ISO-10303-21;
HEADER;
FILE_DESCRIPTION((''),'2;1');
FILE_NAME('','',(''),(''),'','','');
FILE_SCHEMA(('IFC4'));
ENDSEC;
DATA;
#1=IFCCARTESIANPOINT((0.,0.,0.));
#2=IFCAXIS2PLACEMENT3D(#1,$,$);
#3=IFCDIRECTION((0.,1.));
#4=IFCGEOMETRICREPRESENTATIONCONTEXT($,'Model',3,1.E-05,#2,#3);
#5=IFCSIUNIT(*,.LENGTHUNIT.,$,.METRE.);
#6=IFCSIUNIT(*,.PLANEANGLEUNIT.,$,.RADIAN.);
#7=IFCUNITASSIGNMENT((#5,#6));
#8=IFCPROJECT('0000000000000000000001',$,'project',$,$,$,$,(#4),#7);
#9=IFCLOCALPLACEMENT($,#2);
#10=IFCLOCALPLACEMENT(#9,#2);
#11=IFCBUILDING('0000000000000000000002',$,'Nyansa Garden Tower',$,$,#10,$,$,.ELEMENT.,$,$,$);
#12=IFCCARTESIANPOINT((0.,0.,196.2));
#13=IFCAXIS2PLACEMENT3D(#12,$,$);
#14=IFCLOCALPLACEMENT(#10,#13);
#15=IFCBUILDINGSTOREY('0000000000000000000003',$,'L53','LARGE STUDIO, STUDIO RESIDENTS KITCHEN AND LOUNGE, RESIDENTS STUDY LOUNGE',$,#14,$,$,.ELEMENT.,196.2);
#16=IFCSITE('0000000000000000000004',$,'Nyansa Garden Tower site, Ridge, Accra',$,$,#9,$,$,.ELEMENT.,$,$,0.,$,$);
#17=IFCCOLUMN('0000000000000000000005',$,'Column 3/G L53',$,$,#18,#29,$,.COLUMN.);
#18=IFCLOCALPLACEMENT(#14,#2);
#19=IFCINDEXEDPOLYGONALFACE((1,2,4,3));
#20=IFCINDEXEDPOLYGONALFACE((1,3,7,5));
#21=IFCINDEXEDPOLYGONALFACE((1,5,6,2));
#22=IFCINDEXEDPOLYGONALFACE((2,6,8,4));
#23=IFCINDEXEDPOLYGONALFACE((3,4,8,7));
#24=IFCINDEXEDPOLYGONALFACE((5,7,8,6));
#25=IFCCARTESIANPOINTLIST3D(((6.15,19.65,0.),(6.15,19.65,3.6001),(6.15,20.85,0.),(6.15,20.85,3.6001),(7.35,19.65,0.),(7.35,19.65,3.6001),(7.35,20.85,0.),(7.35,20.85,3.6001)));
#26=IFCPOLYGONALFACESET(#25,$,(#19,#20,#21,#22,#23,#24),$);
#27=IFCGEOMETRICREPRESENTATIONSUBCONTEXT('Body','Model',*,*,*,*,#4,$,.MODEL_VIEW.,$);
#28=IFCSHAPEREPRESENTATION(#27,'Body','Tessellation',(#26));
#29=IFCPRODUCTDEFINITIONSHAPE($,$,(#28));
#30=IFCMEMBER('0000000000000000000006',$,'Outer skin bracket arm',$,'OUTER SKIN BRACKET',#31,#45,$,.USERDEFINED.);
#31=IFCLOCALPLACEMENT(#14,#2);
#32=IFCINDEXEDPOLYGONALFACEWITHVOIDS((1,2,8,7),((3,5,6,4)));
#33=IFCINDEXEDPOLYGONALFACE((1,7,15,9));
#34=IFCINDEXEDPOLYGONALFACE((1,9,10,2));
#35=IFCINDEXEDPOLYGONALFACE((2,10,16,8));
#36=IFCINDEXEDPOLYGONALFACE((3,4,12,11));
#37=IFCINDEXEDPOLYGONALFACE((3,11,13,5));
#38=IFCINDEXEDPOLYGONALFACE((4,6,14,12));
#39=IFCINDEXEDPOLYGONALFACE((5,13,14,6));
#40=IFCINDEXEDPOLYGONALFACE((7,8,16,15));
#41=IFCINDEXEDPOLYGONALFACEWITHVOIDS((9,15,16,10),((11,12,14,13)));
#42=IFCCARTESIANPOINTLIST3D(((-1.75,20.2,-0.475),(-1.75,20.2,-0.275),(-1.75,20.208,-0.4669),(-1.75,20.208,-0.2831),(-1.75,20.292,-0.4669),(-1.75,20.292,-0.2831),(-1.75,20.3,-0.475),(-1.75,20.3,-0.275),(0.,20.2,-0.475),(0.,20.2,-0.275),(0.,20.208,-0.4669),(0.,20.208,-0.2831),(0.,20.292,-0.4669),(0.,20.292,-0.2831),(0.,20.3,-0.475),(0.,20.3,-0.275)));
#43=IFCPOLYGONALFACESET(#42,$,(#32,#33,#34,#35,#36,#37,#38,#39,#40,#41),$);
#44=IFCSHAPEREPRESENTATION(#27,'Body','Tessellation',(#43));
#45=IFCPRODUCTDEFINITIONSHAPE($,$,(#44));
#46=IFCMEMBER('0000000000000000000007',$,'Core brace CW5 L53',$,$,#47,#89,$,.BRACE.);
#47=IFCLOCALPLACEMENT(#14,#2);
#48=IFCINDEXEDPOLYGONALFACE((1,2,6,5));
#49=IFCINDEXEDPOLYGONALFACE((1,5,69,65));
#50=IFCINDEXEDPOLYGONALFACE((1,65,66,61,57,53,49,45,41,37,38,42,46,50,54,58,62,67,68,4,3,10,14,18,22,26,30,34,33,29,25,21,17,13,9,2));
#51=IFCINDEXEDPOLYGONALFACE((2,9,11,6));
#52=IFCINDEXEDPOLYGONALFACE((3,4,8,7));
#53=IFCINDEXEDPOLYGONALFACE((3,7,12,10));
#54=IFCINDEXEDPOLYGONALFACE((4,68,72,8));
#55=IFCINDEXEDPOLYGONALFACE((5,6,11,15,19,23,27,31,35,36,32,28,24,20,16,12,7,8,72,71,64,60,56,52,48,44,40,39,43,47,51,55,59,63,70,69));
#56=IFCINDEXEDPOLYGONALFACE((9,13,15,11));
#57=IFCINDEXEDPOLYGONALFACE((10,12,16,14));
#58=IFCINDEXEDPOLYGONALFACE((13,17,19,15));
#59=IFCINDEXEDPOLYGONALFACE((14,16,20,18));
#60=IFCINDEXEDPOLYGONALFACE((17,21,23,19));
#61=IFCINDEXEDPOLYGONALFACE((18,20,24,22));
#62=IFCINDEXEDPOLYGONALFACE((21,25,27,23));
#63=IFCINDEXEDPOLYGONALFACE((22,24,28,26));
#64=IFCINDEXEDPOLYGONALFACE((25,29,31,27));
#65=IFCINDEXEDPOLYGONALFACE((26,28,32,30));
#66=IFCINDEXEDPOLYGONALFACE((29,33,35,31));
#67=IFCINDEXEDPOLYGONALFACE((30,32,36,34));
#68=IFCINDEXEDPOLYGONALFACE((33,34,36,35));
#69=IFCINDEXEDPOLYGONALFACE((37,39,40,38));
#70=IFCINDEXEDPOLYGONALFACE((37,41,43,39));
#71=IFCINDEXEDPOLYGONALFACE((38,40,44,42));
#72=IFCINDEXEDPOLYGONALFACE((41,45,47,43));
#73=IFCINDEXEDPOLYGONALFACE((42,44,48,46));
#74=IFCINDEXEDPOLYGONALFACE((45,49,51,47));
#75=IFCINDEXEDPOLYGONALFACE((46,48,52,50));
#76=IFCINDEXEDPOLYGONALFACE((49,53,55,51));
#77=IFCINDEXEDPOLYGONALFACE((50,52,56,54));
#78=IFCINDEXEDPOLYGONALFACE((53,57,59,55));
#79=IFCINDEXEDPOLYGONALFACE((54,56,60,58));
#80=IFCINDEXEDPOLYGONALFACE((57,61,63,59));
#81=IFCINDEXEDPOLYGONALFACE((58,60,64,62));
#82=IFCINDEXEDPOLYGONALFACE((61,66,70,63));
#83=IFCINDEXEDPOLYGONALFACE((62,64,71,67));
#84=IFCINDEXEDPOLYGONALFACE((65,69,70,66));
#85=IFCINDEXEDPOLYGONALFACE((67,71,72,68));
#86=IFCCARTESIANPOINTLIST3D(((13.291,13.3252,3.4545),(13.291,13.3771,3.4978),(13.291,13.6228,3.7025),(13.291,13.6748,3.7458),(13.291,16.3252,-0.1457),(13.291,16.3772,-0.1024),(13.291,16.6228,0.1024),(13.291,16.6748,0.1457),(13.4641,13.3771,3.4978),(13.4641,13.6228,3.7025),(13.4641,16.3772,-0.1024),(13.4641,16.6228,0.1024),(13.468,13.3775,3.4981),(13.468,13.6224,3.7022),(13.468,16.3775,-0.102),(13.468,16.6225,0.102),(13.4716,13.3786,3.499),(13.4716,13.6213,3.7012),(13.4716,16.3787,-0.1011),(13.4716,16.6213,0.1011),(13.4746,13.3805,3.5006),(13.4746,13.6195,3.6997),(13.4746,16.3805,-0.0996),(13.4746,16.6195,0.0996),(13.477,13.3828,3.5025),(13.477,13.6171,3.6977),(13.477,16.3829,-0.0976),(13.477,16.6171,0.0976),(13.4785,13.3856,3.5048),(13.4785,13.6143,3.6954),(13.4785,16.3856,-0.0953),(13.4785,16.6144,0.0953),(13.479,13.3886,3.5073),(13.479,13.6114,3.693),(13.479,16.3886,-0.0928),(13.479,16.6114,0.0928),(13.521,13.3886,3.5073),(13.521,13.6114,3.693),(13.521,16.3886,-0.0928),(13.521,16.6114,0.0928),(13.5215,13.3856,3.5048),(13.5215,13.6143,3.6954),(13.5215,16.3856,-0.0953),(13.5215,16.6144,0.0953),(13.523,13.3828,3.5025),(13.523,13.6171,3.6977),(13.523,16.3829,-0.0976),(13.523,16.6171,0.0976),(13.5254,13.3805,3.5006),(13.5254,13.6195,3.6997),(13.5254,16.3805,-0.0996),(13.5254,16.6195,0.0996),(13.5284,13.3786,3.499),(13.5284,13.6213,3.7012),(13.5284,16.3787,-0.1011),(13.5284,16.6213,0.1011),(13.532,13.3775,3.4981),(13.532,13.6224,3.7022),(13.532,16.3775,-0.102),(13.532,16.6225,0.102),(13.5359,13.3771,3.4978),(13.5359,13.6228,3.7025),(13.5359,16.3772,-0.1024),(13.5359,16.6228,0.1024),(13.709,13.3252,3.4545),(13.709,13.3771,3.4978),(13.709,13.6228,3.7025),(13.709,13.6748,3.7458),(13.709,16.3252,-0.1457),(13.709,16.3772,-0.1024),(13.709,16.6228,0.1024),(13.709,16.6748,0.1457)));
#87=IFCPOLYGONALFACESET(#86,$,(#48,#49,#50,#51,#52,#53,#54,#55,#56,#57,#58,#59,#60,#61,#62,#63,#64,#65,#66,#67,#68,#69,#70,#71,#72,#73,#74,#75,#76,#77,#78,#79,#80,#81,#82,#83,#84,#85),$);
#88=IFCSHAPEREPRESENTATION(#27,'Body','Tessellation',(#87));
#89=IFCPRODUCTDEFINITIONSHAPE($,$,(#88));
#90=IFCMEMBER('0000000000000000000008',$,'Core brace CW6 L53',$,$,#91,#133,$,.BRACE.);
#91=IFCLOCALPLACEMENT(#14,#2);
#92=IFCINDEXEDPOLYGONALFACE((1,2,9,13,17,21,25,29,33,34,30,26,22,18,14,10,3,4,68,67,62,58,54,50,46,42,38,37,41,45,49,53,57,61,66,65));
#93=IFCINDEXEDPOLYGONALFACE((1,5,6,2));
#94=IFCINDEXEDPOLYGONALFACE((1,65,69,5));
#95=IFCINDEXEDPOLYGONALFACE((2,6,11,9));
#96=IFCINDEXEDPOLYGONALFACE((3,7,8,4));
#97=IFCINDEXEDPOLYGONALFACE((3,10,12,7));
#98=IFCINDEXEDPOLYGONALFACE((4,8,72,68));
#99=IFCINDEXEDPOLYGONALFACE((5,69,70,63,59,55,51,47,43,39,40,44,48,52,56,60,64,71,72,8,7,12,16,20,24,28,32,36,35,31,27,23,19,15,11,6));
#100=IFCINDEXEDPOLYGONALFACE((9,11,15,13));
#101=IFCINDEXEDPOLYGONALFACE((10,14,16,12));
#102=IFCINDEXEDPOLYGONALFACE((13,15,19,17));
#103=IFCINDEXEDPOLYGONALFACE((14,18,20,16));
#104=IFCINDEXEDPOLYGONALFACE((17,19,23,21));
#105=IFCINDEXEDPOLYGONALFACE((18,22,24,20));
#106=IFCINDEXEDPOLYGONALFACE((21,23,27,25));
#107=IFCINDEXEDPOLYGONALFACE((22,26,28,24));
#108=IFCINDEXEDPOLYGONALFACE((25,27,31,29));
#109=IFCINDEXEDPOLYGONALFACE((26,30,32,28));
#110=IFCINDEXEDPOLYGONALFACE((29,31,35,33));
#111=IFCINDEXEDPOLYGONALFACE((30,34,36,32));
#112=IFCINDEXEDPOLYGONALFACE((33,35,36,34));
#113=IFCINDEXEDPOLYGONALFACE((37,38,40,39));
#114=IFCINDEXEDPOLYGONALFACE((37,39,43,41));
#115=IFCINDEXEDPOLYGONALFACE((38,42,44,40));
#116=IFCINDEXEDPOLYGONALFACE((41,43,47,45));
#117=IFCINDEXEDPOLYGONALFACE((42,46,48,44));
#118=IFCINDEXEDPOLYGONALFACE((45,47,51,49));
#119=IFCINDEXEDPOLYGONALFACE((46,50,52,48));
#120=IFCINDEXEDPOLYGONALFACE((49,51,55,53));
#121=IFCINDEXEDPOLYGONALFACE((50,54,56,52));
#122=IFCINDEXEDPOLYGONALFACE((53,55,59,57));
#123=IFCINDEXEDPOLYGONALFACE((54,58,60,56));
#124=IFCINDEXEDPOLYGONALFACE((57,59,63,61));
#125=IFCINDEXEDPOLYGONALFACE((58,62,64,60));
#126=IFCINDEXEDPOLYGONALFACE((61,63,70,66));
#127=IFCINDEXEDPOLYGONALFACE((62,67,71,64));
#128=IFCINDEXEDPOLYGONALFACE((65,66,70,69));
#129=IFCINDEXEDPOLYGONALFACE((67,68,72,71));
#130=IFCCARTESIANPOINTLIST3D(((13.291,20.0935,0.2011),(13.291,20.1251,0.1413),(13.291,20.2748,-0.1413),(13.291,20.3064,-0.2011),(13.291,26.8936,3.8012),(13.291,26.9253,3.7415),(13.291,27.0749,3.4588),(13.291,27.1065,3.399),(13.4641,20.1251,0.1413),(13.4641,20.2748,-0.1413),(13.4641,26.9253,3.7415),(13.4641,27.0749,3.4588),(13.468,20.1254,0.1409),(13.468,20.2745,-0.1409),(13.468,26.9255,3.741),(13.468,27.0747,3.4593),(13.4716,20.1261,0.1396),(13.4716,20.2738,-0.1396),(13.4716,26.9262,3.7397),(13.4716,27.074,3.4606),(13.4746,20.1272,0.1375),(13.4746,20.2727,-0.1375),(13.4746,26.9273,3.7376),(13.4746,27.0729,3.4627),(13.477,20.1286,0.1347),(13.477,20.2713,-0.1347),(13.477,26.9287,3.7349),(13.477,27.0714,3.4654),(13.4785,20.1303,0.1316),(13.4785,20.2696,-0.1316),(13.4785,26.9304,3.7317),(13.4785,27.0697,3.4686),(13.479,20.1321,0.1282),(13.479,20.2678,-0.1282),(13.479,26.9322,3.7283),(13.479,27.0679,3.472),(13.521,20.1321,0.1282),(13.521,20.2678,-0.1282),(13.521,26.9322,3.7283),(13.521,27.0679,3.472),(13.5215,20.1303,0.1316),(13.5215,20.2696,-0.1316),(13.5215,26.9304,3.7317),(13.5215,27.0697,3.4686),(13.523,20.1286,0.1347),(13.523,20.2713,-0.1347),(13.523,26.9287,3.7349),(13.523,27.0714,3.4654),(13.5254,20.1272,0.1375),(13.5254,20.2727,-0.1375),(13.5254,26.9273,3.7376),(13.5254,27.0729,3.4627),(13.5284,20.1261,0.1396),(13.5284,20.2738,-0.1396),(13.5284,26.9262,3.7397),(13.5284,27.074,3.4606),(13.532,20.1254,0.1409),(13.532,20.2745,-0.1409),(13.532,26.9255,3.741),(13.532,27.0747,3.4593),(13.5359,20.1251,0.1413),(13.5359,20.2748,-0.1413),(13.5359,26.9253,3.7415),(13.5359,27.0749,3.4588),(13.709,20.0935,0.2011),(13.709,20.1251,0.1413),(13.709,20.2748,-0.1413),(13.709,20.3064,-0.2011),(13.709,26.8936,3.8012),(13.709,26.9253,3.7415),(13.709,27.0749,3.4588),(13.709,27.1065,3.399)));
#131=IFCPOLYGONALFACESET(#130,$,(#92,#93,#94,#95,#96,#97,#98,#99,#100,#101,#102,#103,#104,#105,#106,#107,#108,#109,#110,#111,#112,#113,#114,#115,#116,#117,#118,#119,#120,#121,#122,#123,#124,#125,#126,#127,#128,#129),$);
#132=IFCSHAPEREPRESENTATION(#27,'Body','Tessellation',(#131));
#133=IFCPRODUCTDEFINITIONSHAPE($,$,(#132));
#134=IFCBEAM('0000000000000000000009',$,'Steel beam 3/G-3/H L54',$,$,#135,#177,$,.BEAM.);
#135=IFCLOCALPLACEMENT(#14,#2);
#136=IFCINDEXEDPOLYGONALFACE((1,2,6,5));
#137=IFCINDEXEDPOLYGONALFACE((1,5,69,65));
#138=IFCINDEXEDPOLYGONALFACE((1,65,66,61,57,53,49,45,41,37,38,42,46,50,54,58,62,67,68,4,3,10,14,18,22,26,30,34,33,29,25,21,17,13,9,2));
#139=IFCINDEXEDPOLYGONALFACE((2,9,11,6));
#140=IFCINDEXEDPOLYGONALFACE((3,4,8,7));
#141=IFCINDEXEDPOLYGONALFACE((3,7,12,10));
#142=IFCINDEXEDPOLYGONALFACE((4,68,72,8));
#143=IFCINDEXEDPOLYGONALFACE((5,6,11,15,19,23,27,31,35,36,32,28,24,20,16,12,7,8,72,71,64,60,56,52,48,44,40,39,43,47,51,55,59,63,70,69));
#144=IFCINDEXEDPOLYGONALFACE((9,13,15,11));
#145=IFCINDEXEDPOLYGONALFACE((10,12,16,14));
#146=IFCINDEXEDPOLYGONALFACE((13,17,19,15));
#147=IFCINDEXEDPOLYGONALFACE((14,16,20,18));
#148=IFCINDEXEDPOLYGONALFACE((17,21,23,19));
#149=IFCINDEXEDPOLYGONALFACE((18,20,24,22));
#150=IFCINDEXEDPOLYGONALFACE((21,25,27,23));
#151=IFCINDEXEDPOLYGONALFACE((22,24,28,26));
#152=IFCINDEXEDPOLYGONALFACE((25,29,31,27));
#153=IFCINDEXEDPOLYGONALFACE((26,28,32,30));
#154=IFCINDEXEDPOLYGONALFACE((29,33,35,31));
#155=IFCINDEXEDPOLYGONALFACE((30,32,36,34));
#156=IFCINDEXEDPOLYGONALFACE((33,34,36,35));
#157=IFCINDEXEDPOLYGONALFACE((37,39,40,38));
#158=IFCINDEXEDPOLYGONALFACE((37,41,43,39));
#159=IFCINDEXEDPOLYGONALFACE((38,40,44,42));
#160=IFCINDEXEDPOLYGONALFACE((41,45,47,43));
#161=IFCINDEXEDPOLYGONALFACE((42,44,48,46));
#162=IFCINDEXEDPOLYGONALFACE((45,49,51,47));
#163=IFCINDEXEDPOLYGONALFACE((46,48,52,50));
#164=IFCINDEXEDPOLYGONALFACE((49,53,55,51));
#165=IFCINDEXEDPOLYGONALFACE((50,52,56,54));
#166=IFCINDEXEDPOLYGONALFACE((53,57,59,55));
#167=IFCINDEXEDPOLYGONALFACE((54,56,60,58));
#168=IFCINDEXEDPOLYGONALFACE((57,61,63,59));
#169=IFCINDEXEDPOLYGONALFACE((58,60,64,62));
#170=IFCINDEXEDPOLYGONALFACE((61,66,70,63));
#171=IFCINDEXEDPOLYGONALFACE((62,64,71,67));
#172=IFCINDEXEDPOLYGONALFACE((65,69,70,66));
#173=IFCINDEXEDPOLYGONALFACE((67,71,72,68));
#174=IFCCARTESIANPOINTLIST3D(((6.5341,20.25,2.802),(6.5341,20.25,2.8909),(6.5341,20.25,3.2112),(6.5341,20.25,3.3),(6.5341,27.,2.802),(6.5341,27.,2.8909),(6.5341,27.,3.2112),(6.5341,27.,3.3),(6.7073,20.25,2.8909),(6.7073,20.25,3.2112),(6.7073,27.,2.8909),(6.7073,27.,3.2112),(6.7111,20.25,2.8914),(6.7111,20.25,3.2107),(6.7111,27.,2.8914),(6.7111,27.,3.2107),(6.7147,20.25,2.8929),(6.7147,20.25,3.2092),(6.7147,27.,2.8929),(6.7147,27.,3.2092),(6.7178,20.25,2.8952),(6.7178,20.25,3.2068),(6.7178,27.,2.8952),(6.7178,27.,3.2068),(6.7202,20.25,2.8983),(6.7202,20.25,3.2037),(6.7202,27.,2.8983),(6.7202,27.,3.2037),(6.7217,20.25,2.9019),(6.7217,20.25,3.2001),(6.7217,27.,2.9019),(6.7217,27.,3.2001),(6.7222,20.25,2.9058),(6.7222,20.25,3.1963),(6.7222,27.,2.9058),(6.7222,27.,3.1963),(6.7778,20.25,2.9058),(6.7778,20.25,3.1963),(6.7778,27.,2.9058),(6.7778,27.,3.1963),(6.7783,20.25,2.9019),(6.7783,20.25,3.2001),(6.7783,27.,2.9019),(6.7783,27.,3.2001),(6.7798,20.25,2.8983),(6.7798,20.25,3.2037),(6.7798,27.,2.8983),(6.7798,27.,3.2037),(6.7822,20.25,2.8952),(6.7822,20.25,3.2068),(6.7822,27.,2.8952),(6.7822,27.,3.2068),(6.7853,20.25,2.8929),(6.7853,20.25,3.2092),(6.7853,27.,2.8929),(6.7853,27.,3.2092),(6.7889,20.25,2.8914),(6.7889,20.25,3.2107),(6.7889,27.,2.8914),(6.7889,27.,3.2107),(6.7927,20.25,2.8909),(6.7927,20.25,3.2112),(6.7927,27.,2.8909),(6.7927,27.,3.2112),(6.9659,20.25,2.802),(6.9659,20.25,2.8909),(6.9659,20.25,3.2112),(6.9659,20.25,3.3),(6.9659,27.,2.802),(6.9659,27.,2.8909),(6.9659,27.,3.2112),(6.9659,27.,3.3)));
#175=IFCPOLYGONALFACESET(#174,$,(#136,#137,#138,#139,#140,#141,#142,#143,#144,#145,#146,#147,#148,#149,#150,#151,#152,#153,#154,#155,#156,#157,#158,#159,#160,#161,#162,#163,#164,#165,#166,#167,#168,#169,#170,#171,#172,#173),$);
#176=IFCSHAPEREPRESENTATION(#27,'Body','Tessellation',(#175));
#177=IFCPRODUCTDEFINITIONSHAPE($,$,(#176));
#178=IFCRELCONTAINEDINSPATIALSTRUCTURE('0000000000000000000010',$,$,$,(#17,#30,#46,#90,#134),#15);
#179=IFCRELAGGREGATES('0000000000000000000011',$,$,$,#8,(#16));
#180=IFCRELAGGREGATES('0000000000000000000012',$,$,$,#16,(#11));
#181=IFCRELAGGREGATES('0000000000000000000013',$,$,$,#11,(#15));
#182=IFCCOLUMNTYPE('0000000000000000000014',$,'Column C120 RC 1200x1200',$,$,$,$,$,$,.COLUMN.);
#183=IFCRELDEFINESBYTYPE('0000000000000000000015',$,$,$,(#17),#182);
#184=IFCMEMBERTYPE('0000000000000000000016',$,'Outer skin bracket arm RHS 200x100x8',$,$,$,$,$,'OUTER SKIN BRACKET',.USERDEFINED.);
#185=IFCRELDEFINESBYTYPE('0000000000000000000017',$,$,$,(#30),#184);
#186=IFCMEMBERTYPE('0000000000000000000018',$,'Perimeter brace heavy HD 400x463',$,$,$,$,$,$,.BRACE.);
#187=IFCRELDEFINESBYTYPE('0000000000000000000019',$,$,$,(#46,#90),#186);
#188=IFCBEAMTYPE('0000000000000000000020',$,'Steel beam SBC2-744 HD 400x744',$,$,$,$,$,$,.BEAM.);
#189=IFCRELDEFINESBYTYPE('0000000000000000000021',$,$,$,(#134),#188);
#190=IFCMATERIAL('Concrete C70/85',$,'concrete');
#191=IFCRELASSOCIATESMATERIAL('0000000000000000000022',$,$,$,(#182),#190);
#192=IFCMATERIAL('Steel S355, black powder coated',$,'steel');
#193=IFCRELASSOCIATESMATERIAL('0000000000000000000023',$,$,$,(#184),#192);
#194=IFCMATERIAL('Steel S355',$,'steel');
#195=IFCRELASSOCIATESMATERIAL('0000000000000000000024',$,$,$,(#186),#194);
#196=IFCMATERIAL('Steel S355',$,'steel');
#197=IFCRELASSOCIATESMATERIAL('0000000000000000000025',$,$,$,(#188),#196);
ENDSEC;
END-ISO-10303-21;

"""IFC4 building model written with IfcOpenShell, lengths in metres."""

from ifc_helpers import new_model, si_unit, direction, frame, origin, origin_2d, place, context, subcontext, project, spatial, rectangle, hollow_rectangle, i_section, extrude, material, material_profile, profile_set, type_object, element, save


model = new_model("IFC4")

# Units and contexts
model_context = context("Model", 3, precision=1e-05, world=origin(), true_north=direction((0.0, 1.0)))
body_context = subcontext(model_context, "Body", "Model", "MODEL_VIEW")
ifc_project = project(units=[si_unit("LENGTHUNIT", "METRE"), si_unit("PLANEANGLEUNIT", "RADIAN")], contexts=[model_context])

# Site, building, storey
site_placement = place(None, origin())
site = spatial("IfcSite", under=ifc_project, at=site_placement, Name="Nyansa Garden Tower site, Ridge, Accra", CompositionType="ELEMENT", RefElevation=0.0)
building_placement = place(site_placement, origin())
building = spatial("IfcBuilding", under=site, at=building_placement, Name="Nyansa Garden Tower", CompositionType="ELEMENT")
storey_placement = place(building_placement, frame((0.0, 0.0, 196.2)))
storey = spatial("IfcBuildingStorey", under=building, at=storey_placement, Name="L53", Description="LARGE STUDIO, STUDIO RESIDENTS KITCHEN AND LOUNGE, RESIDENTS STUDY LOUNGE", CompositionType="ELEMENT", Elevation=196.2)

# Column
ifc_material_1 = material(Name="Concrete C70/85", Category="concrete")
ifc_material_profile_1 = material_profile(ifc_material_1, rectangle(XDim=1.2, YDim=1.2, at=origin_2d()), Name="RC 1200x1200")
ifc_profile_set_1 = profile_set([ifc_material_profile_1], Name="Concrete C70/85")
column_type = type_object("IfcColumnType", Name="Column C120 RC 1200x1200", PredefinedType="COLUMN", material=ifc_profile_set_1)
column_placement = place(storey_placement, frame((6.75, 20.25, 0.0), z_axis=(0.0, 0.0, 1.0), x_axis=(1.0, 0.0, 0.0)))
element("IfcColumn", 1, at=column_placement, inside=storey, type_object=column_type, Name="Column 3/G L53", PredefinedType="COLUMN", context=body_context, shape_type="SweptSolid", body=[
    extrude(rectangle(XDim=1.2, YDim=1.2, at=origin_2d()), origin(), (0.0, 0.0, 1.0), 3.6001),
])

# Members
ifc_material_2 = material(Name="Steel S355, black powder coated", Category="steel")
ifc_material_profile_2 = material_profile(ifc_material_2, hollow_rectangle(XDim=0.1001, YDim=0.2, WallThickness=0.0081, at=origin_2d()), Name="RHS 200x100x8")
ifc_profile_set_2 = profile_set([ifc_material_profile_2], Name="Steel S355, black powder coated")
member_type_1 = type_object("IfcMemberType", Name="Outer skin bracket arm RHS 200x100x8", ElementType="OUTER SKIN BRACKET", PredefinedType="USERDEFINED", material=ifc_profile_set_2)
member_1_placement = place(storey_placement, frame((0.0, 20.25, -0.375), z_axis=(-1.0, 0.0, 0.0), x_axis=(0.0, -1.0, 0.0)))
element("IfcMember", 2, at=member_1_placement, inside=storey, type_object=member_type_1, Name="Outer skin bracket arm", ObjectType="OUTER SKIN BRACKET", PredefinedType="USERDEFINED", context=body_context, shape_type="SweptSolid", body=[
    extrude(hollow_rectangle(XDim=0.1001, YDim=0.2, WallThickness=0.0081, at=origin_2d()), origin(), (0.0, 0.0, 1.0), 1.75),
])
ifc_material_3 = material(Name="Steel S355", Category="steel")
ifc_material_profile_3 = material_profile(ifc_material_3, i_section(OverallWidth=0.418, OverallDepth=0.4551, WebThickness=0.042, FlangeThickness=0.0676, FilletRadius=0.0149, at=origin_2d()), Name="HD 400x463")
ifc_profile_set_3 = profile_set([ifc_material_profile_3], Name="Steel S355")
member_type_2 = type_object("IfcMemberType", Name="Perimeter brace heavy HD 400x463", PredefinedType="BRACE", material=ifc_profile_set_3)
member_2_placement = place(storey_placement, frame((13.5, 16.5, 0.0), z_axis=(0.0, -0.640174, 0.76823), x_axis=(1.0, 0.0, 0.0)))
element("IfcMember", 3, at=member_2_placement, inside=storey, type_object=member_type_2, Name="Core brace CW5 L53", PredefinedType="BRACE", context=body_context, shape_type="SweptSolid", body=[
    extrude(i_section(OverallWidth=0.418, OverallDepth=0.4551, WebThickness=0.042, FlangeThickness=0.0676, FilletRadius=0.0149, at=origin_2d()), origin(), (0.0, 0.0, 1.0), 4.6863),
])
member_3_placement = place(storey_placement, frame((13.5, 20.2, 0.0), z_axis=(0.0, 0.883784, 0.467895), x_axis=(-1.0, 0.0, 0.0)))
element("IfcMember", 4, at=member_3_placement, inside=storey, type_object=member_type_2, Name="Core brace CW6 L53", PredefinedType="BRACE", context=body_context, shape_type="SweptSolid", body=[
    extrude(i_section(OverallWidth=0.418, OverallDepth=0.4551, WebThickness=0.042, FlangeThickness=0.0676, FilletRadius=0.0149, at=origin_2d()), origin(), (0.0, 0.0, 1.0), 7.6943),
])

# Beam
ifc_material_4 = material(Name="Steel S355", Category="steel")
ifc_material_profile_4 = material_profile(ifc_material_4, i_section(OverallWidth=0.4319, OverallDepth=0.498, WebThickness=0.0557, FlangeThickness=0.0889, FilletRadius=0.0149, at=origin_2d()), Name="HD 400x744")
ifc_profile_set_4 = profile_set([ifc_material_profile_4], Name="Steel S355")
beam_type_1 = type_object("IfcBeamType", Name="Steel beam SBC2-744 HD 400x744", PredefinedType="BEAM", material=ifc_profile_set_4)
beam_1_placement = place(storey_placement, frame((6.75, 20.25, 3.051), z_axis=(0.0, 1.0, 0.0), x_axis=(-1.0, 0.0, 0.0)))
element("IfcBeam", 5, at=beam_1_placement, inside=storey, type_object=beam_type_1, Name="Steel beam 3/G-3/H L54", PredefinedType="BEAM", context=body_context, shape_type="SweptSolid", body=[
    extrude(i_section(OverallWidth=0.4319, OverallDepth=0.498, WebThickness=0.0557, FlangeThickness=0.0889, FilletRadius=0.0149, at=origin_2d()), origin(), (0.0, 0.0, 1.0), 6.75),
])

save(model, "model.ifc")
